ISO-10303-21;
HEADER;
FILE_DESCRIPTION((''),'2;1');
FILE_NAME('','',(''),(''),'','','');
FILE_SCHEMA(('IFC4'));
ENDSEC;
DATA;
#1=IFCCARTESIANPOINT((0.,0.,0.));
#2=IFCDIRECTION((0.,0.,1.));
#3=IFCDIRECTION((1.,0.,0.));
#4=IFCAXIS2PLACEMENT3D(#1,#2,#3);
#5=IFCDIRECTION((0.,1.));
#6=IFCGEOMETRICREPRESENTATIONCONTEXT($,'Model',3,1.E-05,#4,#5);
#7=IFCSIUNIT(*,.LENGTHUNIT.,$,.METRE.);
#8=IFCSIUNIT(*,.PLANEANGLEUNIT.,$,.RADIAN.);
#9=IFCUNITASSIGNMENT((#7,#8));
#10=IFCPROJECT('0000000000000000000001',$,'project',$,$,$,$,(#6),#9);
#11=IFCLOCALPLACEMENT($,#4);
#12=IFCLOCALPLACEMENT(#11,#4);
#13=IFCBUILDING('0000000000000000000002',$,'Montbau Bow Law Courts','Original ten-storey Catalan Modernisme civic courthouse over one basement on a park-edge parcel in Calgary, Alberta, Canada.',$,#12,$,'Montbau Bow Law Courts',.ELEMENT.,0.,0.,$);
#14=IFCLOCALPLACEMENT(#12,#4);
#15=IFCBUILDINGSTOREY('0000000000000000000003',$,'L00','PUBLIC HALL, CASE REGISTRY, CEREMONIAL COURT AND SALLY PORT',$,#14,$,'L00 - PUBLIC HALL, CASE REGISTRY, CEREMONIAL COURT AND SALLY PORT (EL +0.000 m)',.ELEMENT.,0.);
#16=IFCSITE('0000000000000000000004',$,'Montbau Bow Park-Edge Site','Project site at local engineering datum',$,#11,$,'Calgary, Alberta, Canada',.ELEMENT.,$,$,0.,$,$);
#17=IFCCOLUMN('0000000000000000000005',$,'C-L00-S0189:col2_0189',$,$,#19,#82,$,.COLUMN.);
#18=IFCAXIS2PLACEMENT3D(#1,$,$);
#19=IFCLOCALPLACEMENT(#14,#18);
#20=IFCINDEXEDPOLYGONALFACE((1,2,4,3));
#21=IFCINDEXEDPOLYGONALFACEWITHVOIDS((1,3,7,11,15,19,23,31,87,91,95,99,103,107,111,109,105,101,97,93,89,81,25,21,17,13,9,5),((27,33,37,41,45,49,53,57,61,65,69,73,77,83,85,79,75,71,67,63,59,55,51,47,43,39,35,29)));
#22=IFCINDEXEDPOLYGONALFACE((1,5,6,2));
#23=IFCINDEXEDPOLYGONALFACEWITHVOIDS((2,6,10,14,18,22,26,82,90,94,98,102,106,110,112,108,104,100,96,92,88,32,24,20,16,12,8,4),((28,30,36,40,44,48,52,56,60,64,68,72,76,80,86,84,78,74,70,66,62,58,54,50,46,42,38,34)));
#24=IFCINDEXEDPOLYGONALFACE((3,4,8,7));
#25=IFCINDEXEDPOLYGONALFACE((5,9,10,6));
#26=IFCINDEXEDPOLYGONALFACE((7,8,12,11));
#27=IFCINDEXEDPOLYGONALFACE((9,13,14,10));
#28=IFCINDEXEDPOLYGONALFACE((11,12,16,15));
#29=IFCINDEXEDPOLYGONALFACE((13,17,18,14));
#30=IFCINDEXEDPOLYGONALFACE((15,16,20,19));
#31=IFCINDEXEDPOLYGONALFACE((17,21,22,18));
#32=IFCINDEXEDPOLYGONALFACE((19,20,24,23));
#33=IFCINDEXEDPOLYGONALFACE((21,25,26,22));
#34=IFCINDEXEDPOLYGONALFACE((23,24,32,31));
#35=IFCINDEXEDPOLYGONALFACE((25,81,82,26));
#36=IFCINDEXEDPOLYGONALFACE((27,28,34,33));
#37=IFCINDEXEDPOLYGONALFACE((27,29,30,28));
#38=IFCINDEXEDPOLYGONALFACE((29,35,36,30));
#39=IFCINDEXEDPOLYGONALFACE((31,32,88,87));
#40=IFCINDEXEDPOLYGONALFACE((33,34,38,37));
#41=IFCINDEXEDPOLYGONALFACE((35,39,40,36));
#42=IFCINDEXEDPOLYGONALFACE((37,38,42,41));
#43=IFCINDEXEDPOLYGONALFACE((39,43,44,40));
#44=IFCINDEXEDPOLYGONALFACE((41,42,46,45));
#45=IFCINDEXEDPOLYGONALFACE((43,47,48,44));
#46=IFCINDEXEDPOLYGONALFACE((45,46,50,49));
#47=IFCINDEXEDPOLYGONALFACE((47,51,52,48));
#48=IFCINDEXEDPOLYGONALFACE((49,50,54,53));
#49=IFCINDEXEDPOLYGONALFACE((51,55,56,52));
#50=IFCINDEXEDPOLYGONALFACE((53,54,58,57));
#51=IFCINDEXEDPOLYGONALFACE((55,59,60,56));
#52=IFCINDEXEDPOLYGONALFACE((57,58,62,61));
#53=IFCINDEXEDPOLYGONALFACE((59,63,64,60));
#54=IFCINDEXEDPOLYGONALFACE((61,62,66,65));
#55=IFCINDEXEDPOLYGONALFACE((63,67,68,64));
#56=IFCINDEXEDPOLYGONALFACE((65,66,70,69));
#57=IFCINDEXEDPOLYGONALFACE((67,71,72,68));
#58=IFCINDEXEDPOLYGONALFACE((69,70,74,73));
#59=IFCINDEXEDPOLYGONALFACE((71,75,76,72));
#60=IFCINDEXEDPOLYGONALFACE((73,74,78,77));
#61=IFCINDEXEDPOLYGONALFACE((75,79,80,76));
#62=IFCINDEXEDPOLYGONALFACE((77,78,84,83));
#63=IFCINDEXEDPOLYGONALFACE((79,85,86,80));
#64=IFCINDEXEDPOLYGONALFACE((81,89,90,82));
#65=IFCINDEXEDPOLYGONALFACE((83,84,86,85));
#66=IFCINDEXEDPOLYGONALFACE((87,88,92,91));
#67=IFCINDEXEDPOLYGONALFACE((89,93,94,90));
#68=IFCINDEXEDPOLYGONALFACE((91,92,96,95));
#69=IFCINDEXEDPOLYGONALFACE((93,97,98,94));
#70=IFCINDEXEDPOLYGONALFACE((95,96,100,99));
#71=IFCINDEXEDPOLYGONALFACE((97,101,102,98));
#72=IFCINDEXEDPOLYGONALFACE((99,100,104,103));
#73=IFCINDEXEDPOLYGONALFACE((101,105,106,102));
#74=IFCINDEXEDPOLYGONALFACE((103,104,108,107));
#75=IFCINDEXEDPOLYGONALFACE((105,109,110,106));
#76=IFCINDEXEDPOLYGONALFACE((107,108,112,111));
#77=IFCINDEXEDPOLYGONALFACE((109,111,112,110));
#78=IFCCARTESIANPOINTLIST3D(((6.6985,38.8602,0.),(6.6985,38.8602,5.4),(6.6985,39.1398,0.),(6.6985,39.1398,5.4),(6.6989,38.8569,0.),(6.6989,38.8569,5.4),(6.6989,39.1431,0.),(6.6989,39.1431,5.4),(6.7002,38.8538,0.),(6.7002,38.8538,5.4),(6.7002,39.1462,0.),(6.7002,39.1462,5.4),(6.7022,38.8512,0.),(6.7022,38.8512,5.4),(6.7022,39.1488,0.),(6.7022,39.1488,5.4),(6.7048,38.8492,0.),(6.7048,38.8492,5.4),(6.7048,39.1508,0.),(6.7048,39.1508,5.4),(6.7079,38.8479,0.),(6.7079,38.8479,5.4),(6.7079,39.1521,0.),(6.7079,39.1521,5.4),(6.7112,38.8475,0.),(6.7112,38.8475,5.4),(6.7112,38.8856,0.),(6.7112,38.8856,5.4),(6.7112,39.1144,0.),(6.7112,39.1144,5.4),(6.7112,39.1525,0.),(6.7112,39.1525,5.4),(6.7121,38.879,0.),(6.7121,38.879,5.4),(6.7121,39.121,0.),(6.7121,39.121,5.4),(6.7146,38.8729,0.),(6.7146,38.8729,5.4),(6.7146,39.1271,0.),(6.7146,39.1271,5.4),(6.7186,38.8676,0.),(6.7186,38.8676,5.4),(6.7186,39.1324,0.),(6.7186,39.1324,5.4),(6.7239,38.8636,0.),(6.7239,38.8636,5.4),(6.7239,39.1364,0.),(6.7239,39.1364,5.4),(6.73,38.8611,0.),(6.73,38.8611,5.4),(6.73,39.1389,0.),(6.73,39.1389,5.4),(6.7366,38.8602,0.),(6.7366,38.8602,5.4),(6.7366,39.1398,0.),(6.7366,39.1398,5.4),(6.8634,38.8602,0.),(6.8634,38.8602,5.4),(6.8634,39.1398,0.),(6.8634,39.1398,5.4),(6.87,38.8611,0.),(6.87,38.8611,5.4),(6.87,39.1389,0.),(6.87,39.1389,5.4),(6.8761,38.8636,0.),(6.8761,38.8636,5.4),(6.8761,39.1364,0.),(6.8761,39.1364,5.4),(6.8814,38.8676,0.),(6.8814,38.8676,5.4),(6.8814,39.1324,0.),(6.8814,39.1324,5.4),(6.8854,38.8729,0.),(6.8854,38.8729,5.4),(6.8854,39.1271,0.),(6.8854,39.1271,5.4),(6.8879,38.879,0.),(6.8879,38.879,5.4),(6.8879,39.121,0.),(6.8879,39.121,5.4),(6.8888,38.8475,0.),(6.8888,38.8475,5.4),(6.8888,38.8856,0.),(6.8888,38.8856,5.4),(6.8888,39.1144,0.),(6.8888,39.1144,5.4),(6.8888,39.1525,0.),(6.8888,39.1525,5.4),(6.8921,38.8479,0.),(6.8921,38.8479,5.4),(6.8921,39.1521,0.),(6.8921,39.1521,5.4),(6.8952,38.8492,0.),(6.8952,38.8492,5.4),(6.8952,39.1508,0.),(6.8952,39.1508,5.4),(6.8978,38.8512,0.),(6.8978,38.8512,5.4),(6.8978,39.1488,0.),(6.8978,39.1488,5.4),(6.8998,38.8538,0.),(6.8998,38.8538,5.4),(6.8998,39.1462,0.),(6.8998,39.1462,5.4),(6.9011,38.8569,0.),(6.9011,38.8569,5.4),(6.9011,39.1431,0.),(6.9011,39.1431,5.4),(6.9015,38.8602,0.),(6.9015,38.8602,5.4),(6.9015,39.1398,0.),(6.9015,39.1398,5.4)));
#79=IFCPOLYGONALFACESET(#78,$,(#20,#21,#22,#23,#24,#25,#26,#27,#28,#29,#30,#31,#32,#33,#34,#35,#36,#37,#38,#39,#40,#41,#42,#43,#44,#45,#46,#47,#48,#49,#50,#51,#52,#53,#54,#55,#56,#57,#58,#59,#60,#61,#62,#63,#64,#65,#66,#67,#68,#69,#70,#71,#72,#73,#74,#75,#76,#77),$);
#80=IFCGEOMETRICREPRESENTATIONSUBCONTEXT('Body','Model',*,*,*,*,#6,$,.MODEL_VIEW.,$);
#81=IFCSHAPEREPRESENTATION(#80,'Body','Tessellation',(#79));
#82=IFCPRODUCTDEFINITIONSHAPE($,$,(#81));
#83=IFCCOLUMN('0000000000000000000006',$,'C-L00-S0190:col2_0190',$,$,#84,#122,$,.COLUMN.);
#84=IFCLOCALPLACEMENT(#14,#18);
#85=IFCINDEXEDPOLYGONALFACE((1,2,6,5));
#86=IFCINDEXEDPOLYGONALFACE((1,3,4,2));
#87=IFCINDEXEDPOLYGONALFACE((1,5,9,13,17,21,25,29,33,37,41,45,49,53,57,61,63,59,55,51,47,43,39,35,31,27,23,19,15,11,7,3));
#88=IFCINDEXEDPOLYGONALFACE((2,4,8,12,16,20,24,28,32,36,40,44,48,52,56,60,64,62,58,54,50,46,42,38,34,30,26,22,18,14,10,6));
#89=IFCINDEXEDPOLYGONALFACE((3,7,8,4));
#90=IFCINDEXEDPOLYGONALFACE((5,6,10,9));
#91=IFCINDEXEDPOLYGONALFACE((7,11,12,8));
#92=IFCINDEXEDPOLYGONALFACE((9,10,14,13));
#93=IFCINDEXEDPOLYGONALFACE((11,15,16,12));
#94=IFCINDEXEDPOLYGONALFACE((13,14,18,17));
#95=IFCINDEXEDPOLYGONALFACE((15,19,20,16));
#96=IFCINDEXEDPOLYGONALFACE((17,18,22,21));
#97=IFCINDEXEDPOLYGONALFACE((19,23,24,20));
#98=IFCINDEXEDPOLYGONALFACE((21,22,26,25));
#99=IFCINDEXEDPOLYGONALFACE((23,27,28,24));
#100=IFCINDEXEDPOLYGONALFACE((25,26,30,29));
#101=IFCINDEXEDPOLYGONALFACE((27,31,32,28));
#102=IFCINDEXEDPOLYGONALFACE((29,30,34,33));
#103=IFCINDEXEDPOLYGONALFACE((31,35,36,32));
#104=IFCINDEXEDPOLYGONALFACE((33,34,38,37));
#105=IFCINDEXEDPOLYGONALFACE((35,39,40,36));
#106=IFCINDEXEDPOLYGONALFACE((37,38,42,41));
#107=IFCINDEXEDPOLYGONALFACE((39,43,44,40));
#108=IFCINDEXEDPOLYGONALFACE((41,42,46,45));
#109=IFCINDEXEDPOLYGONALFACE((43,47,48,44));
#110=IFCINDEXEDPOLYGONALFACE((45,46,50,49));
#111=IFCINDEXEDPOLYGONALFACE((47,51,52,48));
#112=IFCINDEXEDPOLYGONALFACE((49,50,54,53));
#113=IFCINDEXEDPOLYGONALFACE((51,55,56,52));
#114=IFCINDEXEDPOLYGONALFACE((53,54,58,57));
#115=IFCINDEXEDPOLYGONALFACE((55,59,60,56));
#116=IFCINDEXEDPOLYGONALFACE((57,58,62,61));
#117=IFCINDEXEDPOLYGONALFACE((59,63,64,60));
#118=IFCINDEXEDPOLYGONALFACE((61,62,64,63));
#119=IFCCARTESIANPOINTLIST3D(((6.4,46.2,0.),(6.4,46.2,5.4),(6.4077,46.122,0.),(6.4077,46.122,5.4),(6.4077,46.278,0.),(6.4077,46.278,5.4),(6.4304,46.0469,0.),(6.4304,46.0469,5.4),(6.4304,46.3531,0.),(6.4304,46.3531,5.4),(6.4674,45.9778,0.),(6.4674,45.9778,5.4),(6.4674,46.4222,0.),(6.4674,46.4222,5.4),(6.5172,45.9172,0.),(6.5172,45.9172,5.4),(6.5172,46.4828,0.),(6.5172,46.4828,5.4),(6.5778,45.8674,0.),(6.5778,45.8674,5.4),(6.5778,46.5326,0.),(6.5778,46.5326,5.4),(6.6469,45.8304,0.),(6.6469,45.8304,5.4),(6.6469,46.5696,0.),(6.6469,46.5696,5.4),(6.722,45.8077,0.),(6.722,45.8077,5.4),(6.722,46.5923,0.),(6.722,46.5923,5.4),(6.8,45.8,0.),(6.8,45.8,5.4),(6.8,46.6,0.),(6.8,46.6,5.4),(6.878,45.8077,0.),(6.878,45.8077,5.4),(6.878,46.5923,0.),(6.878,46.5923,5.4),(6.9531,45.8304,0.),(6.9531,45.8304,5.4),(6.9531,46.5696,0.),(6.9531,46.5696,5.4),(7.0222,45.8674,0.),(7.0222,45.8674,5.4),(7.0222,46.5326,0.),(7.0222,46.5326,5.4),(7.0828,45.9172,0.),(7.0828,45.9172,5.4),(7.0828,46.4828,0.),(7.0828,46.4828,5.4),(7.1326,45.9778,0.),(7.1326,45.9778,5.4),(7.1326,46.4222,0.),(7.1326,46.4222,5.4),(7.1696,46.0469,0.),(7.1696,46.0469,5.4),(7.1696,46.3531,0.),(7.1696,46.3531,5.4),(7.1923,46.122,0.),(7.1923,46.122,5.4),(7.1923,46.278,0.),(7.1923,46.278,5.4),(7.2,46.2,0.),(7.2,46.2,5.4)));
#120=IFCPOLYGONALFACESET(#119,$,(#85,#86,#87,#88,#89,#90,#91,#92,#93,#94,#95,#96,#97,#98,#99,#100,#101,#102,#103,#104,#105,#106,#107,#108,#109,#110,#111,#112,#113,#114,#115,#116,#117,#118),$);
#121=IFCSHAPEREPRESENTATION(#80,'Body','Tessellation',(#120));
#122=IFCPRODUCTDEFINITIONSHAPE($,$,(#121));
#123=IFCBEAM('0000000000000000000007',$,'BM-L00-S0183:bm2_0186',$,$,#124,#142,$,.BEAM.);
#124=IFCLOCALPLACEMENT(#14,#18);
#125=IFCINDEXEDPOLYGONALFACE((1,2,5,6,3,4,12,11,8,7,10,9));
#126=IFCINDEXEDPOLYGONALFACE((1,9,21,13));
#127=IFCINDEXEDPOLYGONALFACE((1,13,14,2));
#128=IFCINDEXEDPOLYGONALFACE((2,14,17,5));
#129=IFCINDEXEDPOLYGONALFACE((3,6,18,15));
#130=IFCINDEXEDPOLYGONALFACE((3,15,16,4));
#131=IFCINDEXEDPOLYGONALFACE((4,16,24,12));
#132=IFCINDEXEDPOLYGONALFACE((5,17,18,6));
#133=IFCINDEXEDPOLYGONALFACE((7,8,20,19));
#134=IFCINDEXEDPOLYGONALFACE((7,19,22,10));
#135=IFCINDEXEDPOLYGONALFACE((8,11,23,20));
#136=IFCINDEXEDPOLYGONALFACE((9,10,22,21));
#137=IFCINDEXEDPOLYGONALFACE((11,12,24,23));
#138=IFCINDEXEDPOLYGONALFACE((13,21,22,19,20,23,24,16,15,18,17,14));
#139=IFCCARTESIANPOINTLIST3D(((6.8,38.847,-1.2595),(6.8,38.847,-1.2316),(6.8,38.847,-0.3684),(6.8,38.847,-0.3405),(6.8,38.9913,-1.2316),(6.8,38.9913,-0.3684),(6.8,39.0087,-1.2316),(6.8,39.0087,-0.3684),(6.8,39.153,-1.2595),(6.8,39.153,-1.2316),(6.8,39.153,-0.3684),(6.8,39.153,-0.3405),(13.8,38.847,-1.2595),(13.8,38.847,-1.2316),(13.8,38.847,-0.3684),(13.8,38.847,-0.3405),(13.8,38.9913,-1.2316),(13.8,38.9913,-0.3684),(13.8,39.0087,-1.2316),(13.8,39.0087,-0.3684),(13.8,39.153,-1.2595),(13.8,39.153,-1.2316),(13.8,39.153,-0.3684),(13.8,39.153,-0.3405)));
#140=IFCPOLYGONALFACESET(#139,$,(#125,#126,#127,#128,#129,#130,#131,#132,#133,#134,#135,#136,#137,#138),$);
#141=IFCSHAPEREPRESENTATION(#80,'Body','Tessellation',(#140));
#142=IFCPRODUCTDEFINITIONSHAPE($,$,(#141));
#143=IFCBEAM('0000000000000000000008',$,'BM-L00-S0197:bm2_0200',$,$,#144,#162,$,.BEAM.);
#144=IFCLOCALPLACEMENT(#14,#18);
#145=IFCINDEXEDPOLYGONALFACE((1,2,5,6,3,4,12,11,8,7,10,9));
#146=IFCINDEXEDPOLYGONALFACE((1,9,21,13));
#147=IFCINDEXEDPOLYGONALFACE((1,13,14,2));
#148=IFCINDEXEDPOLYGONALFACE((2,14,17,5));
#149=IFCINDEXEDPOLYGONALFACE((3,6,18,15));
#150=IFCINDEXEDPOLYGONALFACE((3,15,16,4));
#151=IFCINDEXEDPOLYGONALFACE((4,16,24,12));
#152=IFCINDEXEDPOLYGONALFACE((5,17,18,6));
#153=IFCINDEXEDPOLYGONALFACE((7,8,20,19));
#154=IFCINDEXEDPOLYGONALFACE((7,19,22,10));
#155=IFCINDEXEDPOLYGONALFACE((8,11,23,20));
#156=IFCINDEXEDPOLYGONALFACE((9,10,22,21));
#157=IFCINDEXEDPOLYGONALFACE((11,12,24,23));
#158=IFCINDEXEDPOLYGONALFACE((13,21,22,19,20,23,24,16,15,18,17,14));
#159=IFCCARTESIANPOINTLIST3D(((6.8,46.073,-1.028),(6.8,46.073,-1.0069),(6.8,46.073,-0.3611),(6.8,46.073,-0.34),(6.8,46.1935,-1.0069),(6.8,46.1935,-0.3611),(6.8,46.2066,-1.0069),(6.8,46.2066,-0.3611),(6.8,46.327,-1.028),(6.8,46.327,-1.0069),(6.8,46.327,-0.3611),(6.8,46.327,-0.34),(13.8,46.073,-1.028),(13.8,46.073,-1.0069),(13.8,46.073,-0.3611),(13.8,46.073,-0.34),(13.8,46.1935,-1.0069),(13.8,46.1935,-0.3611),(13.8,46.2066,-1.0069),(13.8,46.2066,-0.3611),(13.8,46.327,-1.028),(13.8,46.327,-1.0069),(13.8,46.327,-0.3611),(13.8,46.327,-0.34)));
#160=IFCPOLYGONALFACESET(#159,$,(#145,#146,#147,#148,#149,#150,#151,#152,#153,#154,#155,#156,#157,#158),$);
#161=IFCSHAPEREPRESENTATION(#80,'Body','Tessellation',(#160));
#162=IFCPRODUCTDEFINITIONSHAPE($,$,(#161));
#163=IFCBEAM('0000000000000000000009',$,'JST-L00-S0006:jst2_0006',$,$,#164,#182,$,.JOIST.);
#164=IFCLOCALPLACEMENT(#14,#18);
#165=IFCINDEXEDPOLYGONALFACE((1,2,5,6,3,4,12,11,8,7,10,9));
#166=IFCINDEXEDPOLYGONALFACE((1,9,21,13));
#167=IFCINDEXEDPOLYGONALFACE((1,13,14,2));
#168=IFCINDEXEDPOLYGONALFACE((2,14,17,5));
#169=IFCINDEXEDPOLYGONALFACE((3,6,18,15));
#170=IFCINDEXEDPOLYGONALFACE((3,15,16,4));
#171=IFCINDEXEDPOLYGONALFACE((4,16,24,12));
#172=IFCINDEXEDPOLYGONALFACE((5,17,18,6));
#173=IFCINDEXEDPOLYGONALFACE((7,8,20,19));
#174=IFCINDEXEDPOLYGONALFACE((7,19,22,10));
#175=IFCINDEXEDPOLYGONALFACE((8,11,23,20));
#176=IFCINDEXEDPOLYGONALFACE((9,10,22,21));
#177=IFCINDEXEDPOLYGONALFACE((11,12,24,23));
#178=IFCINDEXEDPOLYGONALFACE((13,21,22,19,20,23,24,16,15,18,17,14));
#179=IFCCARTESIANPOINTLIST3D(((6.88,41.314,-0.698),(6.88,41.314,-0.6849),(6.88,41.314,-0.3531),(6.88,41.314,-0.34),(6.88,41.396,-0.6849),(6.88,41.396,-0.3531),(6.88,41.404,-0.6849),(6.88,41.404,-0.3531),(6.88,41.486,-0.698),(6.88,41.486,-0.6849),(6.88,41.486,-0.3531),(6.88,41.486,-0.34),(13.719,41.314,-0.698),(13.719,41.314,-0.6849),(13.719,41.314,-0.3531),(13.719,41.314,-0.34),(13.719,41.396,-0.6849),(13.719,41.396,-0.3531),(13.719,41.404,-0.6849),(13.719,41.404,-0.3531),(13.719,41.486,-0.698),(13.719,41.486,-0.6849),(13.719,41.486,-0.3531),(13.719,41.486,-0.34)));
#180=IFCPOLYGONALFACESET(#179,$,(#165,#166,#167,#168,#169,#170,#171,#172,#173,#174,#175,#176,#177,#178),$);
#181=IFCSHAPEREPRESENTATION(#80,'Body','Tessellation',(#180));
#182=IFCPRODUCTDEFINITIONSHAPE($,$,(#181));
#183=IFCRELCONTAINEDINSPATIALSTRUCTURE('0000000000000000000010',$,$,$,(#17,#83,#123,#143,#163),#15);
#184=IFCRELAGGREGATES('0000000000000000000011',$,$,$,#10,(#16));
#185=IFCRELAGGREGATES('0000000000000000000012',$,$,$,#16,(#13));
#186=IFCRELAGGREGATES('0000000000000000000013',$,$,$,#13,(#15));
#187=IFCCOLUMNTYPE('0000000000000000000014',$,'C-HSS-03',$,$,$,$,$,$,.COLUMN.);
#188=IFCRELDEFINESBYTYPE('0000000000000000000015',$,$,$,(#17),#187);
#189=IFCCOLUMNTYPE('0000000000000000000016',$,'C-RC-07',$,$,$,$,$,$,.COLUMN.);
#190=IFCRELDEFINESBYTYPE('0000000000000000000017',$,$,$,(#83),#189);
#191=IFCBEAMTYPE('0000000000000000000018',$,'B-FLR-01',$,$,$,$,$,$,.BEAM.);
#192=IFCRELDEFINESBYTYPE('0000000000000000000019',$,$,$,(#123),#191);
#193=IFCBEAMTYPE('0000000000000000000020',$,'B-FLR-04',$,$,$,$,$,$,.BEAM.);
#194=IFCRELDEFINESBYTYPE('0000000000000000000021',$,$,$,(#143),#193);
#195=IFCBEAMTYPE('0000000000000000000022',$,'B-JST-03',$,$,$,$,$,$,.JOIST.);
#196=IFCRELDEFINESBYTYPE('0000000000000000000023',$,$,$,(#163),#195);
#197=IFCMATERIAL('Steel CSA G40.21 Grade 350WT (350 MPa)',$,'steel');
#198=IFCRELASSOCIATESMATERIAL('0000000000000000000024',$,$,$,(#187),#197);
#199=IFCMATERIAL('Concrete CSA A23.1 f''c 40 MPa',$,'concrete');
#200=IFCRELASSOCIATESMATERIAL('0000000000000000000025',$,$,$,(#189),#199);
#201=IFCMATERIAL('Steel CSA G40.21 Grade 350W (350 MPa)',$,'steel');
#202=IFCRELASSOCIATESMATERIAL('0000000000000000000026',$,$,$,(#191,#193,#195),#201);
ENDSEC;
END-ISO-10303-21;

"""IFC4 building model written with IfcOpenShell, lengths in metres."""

from ifc_helpers import new_model, si_unit, direction, frame, origin_with_axes, origin_2d_with_axis, place, context, subcontext, project, spatial, hollow_rectangle, circle, i_section, extrude, material, material_profile, profile_set, type_object, element, save


model = new_model("IFC4")

# Units and contexts
model_context = context("Model", 3, precision=1e-05, world=origin_with_axes(), true_north=direction((0.0, 1.0)))
body_context = subcontext(model_context, "Body", "Model", "MODEL_VIEW")
ifc_project = project(units=[si_unit("LENGTHUNIT", "METRE"), si_unit("PLANEANGLEUNIT", "RADIAN")], contexts=[model_context])

# Site, building, storey
site_placement = place(None, origin_with_axes())
site = spatial("IfcSite", under=ifc_project, at=site_placement, Name="Montbau Bow Park-Edge Site", Description="Project site at local engineering datum", LongName="Calgary, Alberta, Canada", CompositionType="ELEMENT", RefElevation=0.0)
building_placement = place(site_placement, origin_with_axes())
building = spatial("IfcBuilding", under=site, at=building_placement, Name="Montbau Bow Law Courts", Description="Original ten-storey Catalan Modernisme civic courthouse over one basement on a park-edge parcel in Calgary, Alberta, Canada.", LongName="Montbau Bow Law Courts", CompositionType="ELEMENT", ElevationOfRefHeight=0.0, ElevationOfTerrain=0.0)
storey_placement = place(building_placement, origin_with_axes())
storey = spatial("IfcBuildingStorey", under=building, at=storey_placement, Name="L00", Description="PUBLIC HALL, CASE REGISTRY, CEREMONIAL COURT AND SALLY PORT", LongName="L00 - PUBLIC HALL, CASE REGISTRY, CEREMONIAL COURT AND SALLY PORT (EL +0.000 m)", CompositionType="ELEMENT", Elevation=0.0)

# Columns
ifc_material_1 = material(Name="Steel CSA G40.21 Grade 350WT (350 MPa)", Category="steel")
ifc_material_profile_1 = material_profile(ifc_material_1, hollow_rectangle(XDim=0.203, YDim=0.305, WallThickness=0.0127, InnerFilletRadius=0.0254, OuterFilletRadius=0.0127, at=origin_2d_with_axis()), Name="HSS305X203X13", Category="Main", Priority=0)
ifc_profile_set_1 = profile_set([ifc_material_profile_1], Name="Steel CSA G40.21 Grade 350WT (350 MPa)")
column_type_1 = type_object("IfcColumnType", Name="C-HSS-03", PredefinedType="COLUMN", material=ifc_profile_set_1)
column_1_placement = place(None, frame((6.8, 39.0, 0.0), z_axis=(0.0, 0.0, 1.0), x_axis=(1.0, 0.0, 0.0)))
element("IfcColumn", 1, at=column_1_placement, inside=storey, type_object=column_type_1, Name="C-L00-S0189:col2_0189", PredefinedType="COLUMN", context=body_context, shape_type="SweptSolid", body=[
    extrude(hollow_rectangle(XDim=0.203, YDim=0.305, WallThickness=0.0127, InnerFilletRadius=0.0254, OuterFilletRadius=0.0127, at=origin_2d_with_axis()), origin_with_axes(), (0.0, 0.0, 1.0), 5.4),
])
ifc_material_2 = material(Name="Concrete CSA A23.1 f'c 40 MPa", Category="concrete")
ifc_material_profile_2 = material_profile(ifc_material_2, circle(Radius=0.4, at=origin_2d_with_axis()), Name="RC800D", Category="Main", Priority=0)
ifc_profile_set_2 = profile_set([ifc_material_profile_2], Name="Concrete CSA A23.1 f'c 40 MPa")
column_type_2 = type_object("IfcColumnType", Name="C-RC-07", PredefinedType="COLUMN", material=ifc_profile_set_2)
column_2_placement = place(None, frame((6.8, 46.2, 0.0), z_axis=(0.0, 0.0, 1.0), x_axis=(1.0, 0.0, 0.0)))
element("IfcColumn", 2, at=column_2_placement, inside=storey, type_object=column_type_2, Name="C-L00-S0190:col2_0190", PredefinedType="COLUMN", context=body_context, shape_type="SweptSolid", body=[
    extrude(circle(Radius=0.4, at=origin_2d_with_axis()), origin_with_axes(), (0.0, 0.0, 1.0), 5.4),
])

# Beams
ifc_material_3 = material(Name="Steel CSA G40.21 Grade 350W (350 MPa)", Category="steel")
ifc_material_profile_3 = material_profile(ifc_material_3, i_section(OverallWidth=0.306, OverallDepth=0.919, WebThickness=0.0173, FlangeThickness=0.0279, at=origin_2d_with_axis()), Name="W920X253", Category="Main", Priority=0)
ifc_profile_set_3 = profile_set([ifc_material_profile_3], Name="Steel CSA G40.21 Grade 350W (350 MPa)")
beam_type_1 = type_object("IfcBeamType", Name="B-FLR-01", PredefinedType="BEAM", material=ifc_profile_set_3)
beam_1_placement = place(None, frame((6.8, 39.0, -0.8), z_axis=(1.0, 0.0, 0.0), x_axis=(0.0, 1.0, 0.0)))
element("IfcBeam", 3, at=beam_1_placement, inside=storey, type_object=beam_type_1, Name="BM-L00-S0183:bm2_0186", PredefinedType="BEAM", context=body_context, shape_type="SweptSolid", body=[
    extrude(i_section(OverallWidth=0.306, OverallDepth=0.919, WebThickness=0.0173, FlangeThickness=0.0279, at=origin_2d_with_axis()), origin_with_axes(), (0.0, 0.0, 1.0), 7.0),
])
ifc_material_profile_4 = material_profile(ifc_material_3, i_section(OverallWidth=0.254, OverallDepth=0.688, WebThickness=0.0131, FlangeThickness=0.0211, at=origin_2d_with_axis()), Name="W690X152", Category="Main", Priority=0)
ifc_profile_set_4 = profile_set([ifc_material_profile_4], Name="Steel CSA G40.21 Grade 350W (350 MPa)")
beam_type_2 = type_object("IfcBeamType", Name="B-FLR-04", PredefinedType="BEAM", material=ifc_profile_set_4)
beam_2_placement = place(None, frame((6.8, 46.2, -0.684), z_axis=(1.0, 0.0, 0.0), x_axis=(0.0, 1.0, 0.0)))
element("IfcBeam", 4, at=beam_2_placement, inside=storey, type_object=beam_type_2, Name="BM-L00-S0197:bm2_0200", PredefinedType="BEAM", context=body_context, shape_type="SweptSolid", body=[
    extrude(i_section(OverallWidth=0.254, OverallDepth=0.688, WebThickness=0.0131, FlangeThickness=0.0211, at=origin_2d_with_axis()), origin_with_axes(), (0.0, 0.0, 1.0), 7.0),
])
ifc_material_profile_5 = material_profile(ifc_material_3, i_section(OverallWidth=0.172, OverallDepth=0.358, WebThickness=0.0079, FlangeThickness=0.0131, at=origin_2d_with_axis()), Name="W360X57", Category="Main", Priority=0)
ifc_profile_set_5 = profile_set([ifc_material_profile_5], Name="Steel CSA G40.21 Grade 350W (350 MPa)")
beam_type_3 = type_object("IfcBeamType", Name="B-JST-03", PredefinedType="JOIST", material=ifc_profile_set_5)
beam_3_placement = place(None, frame((6.88, 41.4, -0.519), z_axis=(1.0, 0.0, 0.0), x_axis=(0.0, 1.0, 0.0)))
element("IfcBeam", 5, at=beam_3_placement, inside=storey, type_object=beam_type_3, Name="JST-L00-S0006:jst2_0006", PredefinedType="JOIST", context=body_context, shape_type="SweptSolid", body=[
    extrude(i_section(OverallWidth=0.172, OverallDepth=0.358, WebThickness=0.0079, FlangeThickness=0.0131, at=origin_2d_with_axis()), origin_with_axes(), (0.0, 0.0, 1.0), 6.839),
])

save(model, "model.ifc")
